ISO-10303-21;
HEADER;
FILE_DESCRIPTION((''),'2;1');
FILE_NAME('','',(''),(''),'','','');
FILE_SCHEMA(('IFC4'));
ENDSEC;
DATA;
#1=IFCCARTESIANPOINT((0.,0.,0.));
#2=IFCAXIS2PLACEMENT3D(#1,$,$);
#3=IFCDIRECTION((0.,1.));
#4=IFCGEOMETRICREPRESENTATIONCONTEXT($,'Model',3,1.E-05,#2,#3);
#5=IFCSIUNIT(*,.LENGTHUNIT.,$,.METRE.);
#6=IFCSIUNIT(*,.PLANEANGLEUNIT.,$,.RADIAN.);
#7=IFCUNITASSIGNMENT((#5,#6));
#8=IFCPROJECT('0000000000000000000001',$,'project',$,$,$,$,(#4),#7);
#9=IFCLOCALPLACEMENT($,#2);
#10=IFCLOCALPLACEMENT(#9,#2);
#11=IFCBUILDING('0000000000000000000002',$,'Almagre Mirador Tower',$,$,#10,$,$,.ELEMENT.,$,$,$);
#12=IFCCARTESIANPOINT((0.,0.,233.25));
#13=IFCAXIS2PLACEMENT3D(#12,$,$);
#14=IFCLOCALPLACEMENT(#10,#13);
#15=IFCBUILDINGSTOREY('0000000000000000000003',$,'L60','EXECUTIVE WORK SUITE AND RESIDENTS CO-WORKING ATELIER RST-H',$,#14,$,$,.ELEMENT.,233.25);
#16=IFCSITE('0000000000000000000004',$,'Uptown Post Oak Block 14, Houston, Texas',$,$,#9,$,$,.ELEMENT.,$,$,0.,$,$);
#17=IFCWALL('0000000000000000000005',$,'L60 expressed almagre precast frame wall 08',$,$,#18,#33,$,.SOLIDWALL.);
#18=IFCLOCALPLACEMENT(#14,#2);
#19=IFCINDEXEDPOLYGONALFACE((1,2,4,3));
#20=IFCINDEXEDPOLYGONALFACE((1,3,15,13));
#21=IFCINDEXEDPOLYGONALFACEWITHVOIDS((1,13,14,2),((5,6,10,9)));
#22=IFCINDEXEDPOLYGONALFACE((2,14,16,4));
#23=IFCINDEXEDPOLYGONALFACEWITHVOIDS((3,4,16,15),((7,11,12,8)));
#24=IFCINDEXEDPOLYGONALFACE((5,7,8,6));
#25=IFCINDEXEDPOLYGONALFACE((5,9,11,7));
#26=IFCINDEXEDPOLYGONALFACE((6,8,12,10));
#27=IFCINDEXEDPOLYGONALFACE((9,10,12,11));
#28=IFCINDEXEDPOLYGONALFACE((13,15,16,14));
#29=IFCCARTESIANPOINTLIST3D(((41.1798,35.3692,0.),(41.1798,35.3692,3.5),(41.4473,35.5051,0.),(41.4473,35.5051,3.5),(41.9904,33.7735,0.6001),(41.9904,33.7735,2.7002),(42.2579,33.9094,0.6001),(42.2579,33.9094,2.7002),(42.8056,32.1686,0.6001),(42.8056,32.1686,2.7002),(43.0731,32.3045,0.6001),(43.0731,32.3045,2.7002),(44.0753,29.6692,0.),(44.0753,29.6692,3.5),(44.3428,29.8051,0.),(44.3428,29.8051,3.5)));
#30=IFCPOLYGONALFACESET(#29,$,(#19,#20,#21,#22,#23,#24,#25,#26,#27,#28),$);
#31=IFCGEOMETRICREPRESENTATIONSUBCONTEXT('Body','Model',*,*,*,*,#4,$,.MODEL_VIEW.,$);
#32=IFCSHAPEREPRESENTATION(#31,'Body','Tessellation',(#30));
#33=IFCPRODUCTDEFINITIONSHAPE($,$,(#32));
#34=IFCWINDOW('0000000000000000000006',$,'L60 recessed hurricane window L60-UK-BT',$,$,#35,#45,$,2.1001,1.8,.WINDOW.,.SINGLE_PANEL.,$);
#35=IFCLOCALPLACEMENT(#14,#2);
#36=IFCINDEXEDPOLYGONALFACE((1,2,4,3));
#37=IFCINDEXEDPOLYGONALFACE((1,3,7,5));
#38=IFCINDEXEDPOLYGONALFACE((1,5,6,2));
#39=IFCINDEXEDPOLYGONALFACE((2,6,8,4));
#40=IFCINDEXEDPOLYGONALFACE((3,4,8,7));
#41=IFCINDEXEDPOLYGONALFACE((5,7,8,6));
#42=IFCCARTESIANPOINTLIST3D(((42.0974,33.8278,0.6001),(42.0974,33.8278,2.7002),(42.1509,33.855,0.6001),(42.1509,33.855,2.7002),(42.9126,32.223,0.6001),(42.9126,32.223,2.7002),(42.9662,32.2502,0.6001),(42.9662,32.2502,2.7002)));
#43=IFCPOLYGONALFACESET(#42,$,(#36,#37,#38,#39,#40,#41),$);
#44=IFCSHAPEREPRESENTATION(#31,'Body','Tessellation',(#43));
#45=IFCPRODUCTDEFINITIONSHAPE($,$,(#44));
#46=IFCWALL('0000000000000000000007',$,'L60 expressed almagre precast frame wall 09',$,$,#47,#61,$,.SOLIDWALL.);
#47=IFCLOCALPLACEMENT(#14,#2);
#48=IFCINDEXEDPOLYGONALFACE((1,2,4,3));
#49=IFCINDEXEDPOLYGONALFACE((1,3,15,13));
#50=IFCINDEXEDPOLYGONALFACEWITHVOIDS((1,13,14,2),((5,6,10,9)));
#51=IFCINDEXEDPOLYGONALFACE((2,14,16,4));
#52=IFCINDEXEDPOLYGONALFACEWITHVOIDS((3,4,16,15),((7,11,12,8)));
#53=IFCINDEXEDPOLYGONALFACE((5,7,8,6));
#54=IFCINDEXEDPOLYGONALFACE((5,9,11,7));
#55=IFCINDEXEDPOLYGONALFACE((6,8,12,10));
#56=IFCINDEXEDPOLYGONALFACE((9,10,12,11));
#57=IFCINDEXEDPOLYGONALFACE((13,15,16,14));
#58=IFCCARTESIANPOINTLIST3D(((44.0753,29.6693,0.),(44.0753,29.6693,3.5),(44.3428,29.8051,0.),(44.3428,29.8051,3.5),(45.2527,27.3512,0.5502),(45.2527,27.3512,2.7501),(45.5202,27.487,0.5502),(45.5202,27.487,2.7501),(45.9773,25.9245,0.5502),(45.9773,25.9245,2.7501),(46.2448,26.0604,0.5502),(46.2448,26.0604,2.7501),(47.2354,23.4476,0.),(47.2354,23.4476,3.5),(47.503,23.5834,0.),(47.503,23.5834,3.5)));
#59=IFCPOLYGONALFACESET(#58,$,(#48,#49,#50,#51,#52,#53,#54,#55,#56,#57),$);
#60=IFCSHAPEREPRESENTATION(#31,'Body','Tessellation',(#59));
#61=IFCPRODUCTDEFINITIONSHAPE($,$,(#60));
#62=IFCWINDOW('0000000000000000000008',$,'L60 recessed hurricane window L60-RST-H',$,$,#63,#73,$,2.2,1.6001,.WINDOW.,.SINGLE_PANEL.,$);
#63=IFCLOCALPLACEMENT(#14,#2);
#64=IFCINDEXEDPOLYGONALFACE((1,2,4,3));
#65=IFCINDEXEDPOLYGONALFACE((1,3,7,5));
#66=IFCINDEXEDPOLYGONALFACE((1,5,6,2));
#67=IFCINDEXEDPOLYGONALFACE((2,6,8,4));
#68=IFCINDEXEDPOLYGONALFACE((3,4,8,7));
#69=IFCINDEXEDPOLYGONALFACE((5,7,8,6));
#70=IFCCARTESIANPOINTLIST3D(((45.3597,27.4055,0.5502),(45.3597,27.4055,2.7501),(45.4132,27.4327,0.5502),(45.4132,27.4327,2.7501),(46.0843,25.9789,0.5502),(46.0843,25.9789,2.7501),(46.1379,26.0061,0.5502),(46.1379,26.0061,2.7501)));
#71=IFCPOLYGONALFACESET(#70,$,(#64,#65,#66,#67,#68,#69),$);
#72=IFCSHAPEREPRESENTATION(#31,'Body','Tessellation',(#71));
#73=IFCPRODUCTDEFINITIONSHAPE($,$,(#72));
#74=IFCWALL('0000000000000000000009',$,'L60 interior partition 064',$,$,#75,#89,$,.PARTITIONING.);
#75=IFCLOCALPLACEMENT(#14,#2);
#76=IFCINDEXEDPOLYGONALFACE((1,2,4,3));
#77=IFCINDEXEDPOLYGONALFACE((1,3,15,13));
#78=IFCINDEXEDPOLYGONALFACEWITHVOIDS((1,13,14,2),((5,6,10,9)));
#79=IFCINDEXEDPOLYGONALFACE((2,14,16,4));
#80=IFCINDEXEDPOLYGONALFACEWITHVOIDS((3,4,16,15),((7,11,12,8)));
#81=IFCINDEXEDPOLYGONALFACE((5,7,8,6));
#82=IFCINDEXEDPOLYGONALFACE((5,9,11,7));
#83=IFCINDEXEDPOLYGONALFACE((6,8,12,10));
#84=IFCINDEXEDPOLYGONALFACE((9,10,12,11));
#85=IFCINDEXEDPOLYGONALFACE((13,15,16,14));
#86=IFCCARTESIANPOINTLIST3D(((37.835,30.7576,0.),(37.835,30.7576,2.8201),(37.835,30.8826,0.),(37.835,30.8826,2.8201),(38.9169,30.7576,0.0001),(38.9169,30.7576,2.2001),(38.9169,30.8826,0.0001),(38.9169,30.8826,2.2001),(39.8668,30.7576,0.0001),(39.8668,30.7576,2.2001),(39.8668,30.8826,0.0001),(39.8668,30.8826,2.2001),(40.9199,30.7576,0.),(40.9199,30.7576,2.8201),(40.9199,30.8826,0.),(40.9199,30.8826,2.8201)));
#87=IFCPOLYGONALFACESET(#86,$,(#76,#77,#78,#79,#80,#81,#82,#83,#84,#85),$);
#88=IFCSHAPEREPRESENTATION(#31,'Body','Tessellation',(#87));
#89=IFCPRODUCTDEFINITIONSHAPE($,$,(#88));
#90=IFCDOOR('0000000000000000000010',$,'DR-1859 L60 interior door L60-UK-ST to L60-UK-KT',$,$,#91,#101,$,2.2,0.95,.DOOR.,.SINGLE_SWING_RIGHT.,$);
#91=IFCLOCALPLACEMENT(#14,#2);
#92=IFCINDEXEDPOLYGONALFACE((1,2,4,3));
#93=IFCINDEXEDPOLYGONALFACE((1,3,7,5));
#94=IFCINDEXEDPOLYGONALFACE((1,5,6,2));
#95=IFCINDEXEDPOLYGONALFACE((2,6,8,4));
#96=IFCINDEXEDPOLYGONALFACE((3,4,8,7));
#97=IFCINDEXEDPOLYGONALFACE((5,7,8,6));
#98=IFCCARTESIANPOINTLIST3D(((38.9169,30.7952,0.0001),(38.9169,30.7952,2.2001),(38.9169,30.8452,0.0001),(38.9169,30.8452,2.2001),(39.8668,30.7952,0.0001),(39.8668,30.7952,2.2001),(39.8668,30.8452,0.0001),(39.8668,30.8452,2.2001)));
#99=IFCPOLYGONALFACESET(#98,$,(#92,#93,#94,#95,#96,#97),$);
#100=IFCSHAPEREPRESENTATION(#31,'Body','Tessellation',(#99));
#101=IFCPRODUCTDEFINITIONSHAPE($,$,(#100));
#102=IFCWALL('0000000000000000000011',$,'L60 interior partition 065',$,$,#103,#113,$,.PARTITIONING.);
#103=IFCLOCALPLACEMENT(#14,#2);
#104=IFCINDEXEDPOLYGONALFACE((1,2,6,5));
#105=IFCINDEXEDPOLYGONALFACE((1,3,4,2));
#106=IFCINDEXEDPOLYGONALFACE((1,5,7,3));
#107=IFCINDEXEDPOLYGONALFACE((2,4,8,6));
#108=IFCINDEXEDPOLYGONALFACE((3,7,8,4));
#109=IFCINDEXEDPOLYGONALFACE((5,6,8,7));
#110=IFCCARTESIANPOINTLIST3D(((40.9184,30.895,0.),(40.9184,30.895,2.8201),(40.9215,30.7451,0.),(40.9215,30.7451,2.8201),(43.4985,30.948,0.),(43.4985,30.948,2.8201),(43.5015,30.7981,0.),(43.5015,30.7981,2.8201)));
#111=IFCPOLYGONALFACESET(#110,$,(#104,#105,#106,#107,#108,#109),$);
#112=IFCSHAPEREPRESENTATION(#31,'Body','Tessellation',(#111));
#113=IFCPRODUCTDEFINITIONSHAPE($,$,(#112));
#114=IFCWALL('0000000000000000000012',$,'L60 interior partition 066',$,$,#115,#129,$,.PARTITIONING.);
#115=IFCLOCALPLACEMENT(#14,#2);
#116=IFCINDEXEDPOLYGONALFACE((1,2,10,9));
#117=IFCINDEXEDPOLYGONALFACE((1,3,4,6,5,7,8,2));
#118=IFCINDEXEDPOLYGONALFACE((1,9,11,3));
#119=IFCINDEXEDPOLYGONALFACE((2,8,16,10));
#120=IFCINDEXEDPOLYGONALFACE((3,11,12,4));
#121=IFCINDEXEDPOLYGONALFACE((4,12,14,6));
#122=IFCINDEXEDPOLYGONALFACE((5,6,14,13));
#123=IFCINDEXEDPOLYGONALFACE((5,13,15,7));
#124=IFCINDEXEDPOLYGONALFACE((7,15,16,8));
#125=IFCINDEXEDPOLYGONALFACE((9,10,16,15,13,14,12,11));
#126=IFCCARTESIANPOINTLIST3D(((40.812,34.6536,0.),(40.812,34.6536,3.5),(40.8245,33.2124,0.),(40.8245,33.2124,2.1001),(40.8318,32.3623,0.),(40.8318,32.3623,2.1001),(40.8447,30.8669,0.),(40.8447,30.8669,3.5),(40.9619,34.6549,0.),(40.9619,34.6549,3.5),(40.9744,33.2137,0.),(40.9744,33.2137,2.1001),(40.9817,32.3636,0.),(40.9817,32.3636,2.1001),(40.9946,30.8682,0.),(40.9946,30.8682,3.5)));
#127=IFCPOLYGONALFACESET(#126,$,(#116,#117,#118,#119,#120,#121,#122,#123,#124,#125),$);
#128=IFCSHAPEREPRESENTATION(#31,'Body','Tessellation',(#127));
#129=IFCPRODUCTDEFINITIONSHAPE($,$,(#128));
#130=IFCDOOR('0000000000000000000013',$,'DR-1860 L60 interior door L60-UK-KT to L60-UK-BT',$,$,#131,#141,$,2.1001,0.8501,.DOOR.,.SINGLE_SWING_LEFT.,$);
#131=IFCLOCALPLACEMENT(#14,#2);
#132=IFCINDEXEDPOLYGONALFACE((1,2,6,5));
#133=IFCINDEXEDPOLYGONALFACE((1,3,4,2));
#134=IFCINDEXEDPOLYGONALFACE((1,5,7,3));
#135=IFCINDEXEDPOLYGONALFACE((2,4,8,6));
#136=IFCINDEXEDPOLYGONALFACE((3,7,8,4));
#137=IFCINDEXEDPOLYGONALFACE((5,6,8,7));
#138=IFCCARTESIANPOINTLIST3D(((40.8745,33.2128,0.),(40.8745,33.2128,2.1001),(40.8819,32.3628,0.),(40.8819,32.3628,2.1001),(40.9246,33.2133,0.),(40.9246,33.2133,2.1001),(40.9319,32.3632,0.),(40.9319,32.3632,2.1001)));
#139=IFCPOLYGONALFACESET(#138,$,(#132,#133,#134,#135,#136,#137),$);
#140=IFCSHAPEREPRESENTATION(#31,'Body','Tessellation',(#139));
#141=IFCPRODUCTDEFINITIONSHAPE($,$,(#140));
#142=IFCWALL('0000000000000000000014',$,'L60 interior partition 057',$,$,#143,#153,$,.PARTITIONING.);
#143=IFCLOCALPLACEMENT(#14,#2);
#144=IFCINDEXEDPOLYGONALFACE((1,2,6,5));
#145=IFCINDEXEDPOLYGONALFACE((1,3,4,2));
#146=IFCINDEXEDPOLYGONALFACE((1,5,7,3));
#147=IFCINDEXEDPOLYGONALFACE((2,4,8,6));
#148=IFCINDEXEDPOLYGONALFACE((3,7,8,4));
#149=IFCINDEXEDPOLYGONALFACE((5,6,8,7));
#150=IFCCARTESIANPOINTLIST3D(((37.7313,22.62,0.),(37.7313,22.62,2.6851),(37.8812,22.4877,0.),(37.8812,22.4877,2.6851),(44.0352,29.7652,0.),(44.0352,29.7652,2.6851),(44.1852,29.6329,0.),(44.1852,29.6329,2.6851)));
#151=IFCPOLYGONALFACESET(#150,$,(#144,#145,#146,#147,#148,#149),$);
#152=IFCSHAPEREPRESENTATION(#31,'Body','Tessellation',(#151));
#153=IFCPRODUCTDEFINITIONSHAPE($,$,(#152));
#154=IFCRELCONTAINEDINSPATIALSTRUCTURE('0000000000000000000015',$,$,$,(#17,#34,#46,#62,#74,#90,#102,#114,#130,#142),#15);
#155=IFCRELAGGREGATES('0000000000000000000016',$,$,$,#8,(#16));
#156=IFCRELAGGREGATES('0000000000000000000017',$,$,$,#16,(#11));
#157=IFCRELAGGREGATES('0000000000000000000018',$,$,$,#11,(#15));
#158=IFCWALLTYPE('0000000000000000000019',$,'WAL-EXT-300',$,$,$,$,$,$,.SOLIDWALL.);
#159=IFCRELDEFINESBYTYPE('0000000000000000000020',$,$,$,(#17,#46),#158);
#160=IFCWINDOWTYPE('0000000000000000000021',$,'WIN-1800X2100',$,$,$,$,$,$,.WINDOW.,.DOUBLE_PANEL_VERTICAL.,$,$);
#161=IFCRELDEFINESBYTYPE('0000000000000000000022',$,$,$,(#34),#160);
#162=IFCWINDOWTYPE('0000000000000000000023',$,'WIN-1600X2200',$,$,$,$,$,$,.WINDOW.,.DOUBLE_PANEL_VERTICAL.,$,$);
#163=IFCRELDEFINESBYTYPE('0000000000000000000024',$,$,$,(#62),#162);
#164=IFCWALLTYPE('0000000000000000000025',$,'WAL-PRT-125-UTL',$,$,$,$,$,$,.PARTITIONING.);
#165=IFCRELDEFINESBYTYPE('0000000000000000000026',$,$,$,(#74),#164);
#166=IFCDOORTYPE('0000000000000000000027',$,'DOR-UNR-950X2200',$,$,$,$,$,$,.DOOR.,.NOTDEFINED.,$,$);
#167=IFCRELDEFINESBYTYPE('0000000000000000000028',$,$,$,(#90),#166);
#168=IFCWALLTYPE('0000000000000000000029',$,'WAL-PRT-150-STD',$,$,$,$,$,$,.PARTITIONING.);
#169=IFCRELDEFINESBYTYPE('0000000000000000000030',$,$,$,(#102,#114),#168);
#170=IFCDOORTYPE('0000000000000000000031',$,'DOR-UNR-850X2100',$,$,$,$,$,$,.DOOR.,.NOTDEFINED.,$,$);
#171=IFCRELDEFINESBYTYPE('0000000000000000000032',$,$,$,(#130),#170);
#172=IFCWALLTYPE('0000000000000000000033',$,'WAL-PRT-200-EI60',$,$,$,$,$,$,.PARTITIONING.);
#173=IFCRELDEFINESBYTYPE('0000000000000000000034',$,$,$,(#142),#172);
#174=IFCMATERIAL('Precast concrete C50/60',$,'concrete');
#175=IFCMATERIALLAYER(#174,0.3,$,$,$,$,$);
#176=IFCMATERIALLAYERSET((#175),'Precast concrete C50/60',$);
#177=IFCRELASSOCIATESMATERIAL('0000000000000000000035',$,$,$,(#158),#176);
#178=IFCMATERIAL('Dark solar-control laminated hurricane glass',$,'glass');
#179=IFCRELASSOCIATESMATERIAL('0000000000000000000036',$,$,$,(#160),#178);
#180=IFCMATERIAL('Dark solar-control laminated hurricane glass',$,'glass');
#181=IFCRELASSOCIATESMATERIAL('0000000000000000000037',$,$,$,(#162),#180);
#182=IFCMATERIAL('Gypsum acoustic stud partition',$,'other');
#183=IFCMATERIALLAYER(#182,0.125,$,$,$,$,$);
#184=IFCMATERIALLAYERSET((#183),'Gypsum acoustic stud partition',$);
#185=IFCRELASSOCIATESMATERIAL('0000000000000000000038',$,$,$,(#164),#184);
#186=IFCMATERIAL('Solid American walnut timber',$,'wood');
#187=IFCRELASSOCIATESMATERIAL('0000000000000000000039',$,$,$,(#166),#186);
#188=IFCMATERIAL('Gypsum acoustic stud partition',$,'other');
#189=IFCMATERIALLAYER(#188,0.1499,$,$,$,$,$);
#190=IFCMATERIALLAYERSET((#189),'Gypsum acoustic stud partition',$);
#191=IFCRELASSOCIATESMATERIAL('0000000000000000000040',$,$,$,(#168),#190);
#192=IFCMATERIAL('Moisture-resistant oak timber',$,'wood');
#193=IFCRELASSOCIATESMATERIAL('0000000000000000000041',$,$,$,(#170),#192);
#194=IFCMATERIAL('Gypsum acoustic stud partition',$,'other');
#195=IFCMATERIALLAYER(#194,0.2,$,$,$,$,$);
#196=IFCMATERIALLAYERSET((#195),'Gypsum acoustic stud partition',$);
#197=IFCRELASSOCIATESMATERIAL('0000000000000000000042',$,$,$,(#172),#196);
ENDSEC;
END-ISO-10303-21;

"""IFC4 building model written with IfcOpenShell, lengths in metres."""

from ifc_helpers import new_model, si_unit, direction, frame, frame_2d, origin, place, context, subcontext, project, spatial, rectangle, extrude, material, layer, layer_set, type_object, element, fill, save


model = new_model("IFC4")

# Units and contexts
model_context = context("Model", 3, precision=1e-05, world=origin(), true_north=direction((0.0, 1.0)))
body_context = subcontext(model_context, "Body", "Model", "MODEL_VIEW")
ifc_project = project(units=[si_unit("LENGTHUNIT", "METRE"), si_unit("PLANEANGLEUNIT", "RADIAN")], contexts=[model_context])

# Site, building, storey
site_placement = place(None, origin())
site = spatial("IfcSite", under=ifc_project, at=site_placement, Name="Uptown Post Oak Block 14, Houston, Texas", CompositionType="ELEMENT", RefElevation=0.0)
building_placement = place(site_placement, origin())
building = spatial("IfcBuilding", under=site, at=building_placement, Name="Almagre Mirador Tower", CompositionType="ELEMENT")
storey_placement = place(building_placement, frame((0.0, 0.0, 233.25)))
storey = spatial("IfcBuildingStorey", under=building, at=storey_placement, Name="L60", Description="EXECUTIVE WORK SUITE AND RESIDENTS CO-WORKING ATELIER RST-H", CompositionType="ELEMENT", Elevation=233.25)

# Shared definitions
ifc_material_1 = material(Name="Precast concrete C50/60", Category="concrete")
ifc_layer_1 = layer(ifc_material_1, 0.3)
ifc_layer_set_1 = layer_set([ifc_layer_1], Name="Precast concrete C50/60")
wall_type_1 = type_object("IfcWallType", Name="WAL-EXT-300", PredefinedType="SOLIDWALL", material=ifc_layer_set_1)

# Walls, openings, windows
wall_1_placement = place(storey_placement, frame((41.3135, 35.4373, 0.0), z_axis=(0.0, 0.0, 1.0), x_axis=(0.452902, -0.89156, 0.0)))
wall_1 = element("IfcWall", 1, at=wall_1_placement, inside=storey, type_object=wall_type_1, Name="L60 expressed almagre precast frame wall 08", PredefinedType="SOLIDWALL", context=body_context, shape_type="SweptSolid", body=[
    extrude(rectangle(XDim=6.3933, YDim=0.3, at=frame_2d((3.1968, 0.0))), origin(), (0.0, 0.0, 1.0), 3.5),
])
opening_1_placement = place(wall_1_placement, frame((1.79, 0.0, 0.6001)))
opening_1 = element("IfcOpeningElement", 2, at=opening_1_placement, cuts=wall_1, PredefinedType="OPENING", context=body_context, shape_type="SweptSolid", body=[
    extrude(rectangle(XDim=1.8, YDim=2.1001, at=frame_2d((0.8999, 1.05))), frame((0.0, 0.1599, 0.0), z_axis=(0.0, -1.0, 0.0), x_axis=(1.0, 0.0, 0.0)), (0.0, 0.0, 1.0), 0.32),
])
ifc_material_2 = material(Name="Dark solar-control laminated hurricane glass", Category="glass")
window_type_1 = type_object("IfcWindowType", Name="WIN-1800X2100", PartitioningType="DOUBLE_PANEL_VERTICAL", PredefinedType="WINDOW", material=ifc_material_2)
window_1_placement = place(opening_1_placement, origin())
window_1 = element("IfcWindow", 3, at=window_1_placement, inside=storey, type_object=window_type_1, Name="L60 recessed hurricane window L60-UK-BT", OverallHeight=2.1001, OverallWidth=1.8, PartitioningType="SINGLE_PANEL", PredefinedType="WINDOW", context=body_context, shape_type="SweptSolid", body=[
    extrude(rectangle(XDim=1.8, YDim=2.1001, at=frame_2d((0.8999, 1.05))), frame((0.0, 0.03, 0.0), z_axis=(0.0, -1.0, 0.0), x_axis=(1.0, 0.0, 0.0)), (0.0, 0.0, 1.0), 0.0601),
])
fill(opening_1, window_1)
wall_2_placement = place(storey_placement, frame((44.209, 29.7373, 0.0), z_axis=(0.0, 0.0, 1.0), x_axis=(0.452858, -0.891582, 0.0)))
wall_2 = element("IfcWall", 4, at=wall_2_placement, inside=storey, type_object=wall_type_1, Name="L60 expressed almagre precast frame wall 09", PredefinedType="SOLIDWALL", context=body_context, shape_type="SweptSolid", body=[
    extrude(rectangle(XDim=6.9783, YDim=0.3, at=frame_2d((3.4893, 0.0))), origin(), (0.0, 0.0, 1.0), 3.5),
])
opening_2_placement = place(wall_2_placement, frame((2.6001, 0.0, 0.55)))
opening_2 = element("IfcOpeningElement", 5, at=opening_2_placement, cuts=wall_2, PredefinedType="OPENING", context=body_context, shape_type="SweptSolid", body=[
    extrude(rectangle(XDim=1.6001, YDim=2.2, at=frame_2d((0.8, 1.1001))), frame((0.0, 0.1599, 0.0), z_axis=(0.0, -1.0, 0.0), x_axis=(1.0, 0.0, 0.0)), (0.0, 0.0, 1.0), 0.32),
])
ifc_material_3 = material(Name="Dark solar-control laminated hurricane glass", Category="glass")
window_type_2 = type_object("IfcWindowType", Name="WIN-1600X2200", PartitioningType="DOUBLE_PANEL_VERTICAL", PredefinedType="WINDOW", material=ifc_material_3)
window_2_placement = place(opening_2_placement, origin())
window_2 = element("IfcWindow", 6, at=window_2_placement, inside=storey, type_object=window_type_2, Name="L60 recessed hurricane window L60-RST-H", OverallHeight=2.2, OverallWidth=1.6001, PartitioningType="SINGLE_PANEL", PredefinedType="WINDOW", context=body_context, shape_type="SweptSolid", body=[
    extrude(rectangle(XDim=1.6001, YDim=2.2, at=frame_2d((0.8, 1.1001))), frame((0.0, 0.03, 0.0), z_axis=(0.0, -1.0, 0.0), x_axis=(1.0, 0.0, 0.0)), (0.0, 0.0, 1.0), 0.0601),
])
fill(opening_2, window_2)

# Wall, opening, door
ifc_material_4 = material(Name="Gypsum acoustic stud partition", Category="other")
ifc_layer_2 = layer(ifc_material_4, 0.125)
ifc_layer_set_2 = layer_set([ifc_layer_2], Name="Gypsum acoustic stud partition")
wall_type_2 = type_object("IfcWallType", Name="WAL-PRT-125-UTL", PredefinedType="PARTITIONING", material=ifc_layer_set_2)
wall_3_placement = place(storey_placement, frame((40.9199, 30.8201, 0.0), z_axis=(0.0, 0.0, 1.0), x_axis=(-1.0, 0.0, 0.0)))
wall_3 = element("IfcWall", 7, at=wall_3_placement, inside=storey, type_object=wall_type_2, Name="L60 interior partition 064", PredefinedType="PARTITIONING", context=body_context, shape_type="SweptSolid", body=[
    extrude(rectangle(XDim=3.085, YDim=0.125, at=frame_2d((1.5425, 0.0))), origin(), (0.0, 0.0, 1.0), 2.8201),
])
opening_3_placement = place(wall_3_placement, frame((1.053, 0.0, 0.0)))
opening_3 = element("IfcOpeningElement", 8, at=opening_3_placement, cuts=wall_3, PredefinedType="OPENING", context=body_context, shape_type="SweptSolid", body=[
    extrude(rectangle(XDim=0.95, YDim=2.2, at=frame_2d((0.4751, 1.1001))), frame((0.0, 0.0725, 0.0), z_axis=(0.0, -1.0, 0.0), x_axis=(1.0, 0.0, 0.0)), (0.0, 0.0, 1.0), 0.145),
])
ifc_material_5 = material(Name="Solid American walnut timber", Category="wood")
door_type_1 = type_object("IfcDoorType", Name="DOR-UNR-950X2200", OperationType="NOTDEFINED", PredefinedType="DOOR", material=ifc_material_5)
door_1_placement = place(opening_3_placement, origin())
door_1 = element("IfcDoor", 9, at=door_1_placement, inside=storey, type_object=door_type_1, Name="DR-1859 L60 interior door L60-UK-ST to L60-UK-KT", OperationType="SINGLE_SWING_RIGHT", OverallHeight=2.2, OverallWidth=0.95, PredefinedType="DOOR", context=body_context, shape_type="SweptSolid", body=[
    extrude(rectangle(XDim=0.95, YDim=2.2, at=frame_2d((0.4751, 1.1001))), frame((0.0, 0.0249, 0.0), z_axis=(0.0, -1.0, 0.0), x_axis=(1.0, 0.0, 0.0)), (0.0, 0.0, 1.0), 0.05),
])
fill(opening_3, door_1)

# Wall
ifc_material_6 = material(Name="Gypsum acoustic stud partition", Category="other")
ifc_layer_3 = layer(ifc_material_6, 0.1499)
ifc_layer_set_3 = layer_set([ifc_layer_3], Name="Gypsum acoustic stud partition")
wall_type_3 = type_object("IfcWallType", Name="WAL-PRT-150-STD", PredefinedType="PARTITIONING", material=ifc_layer_set_3)
wall_4_placement = place(storey_placement, frame((43.5, 30.873, 0.0), z_axis=(0.0, 0.0, 1.0), x_axis=(-0.999789, -0.020529, 0.0)))
element("IfcWall", 10, at=wall_4_placement, inside=storey, type_object=wall_type_3, Name="L60 interior partition 065", PredefinedType="PARTITIONING", context=body_context, shape_type="SweptSolid", body=[
    extrude(rectangle(XDim=2.5806, YDim=0.1499, at=frame_2d((1.2903, 0.0))), origin(), (0.0, 0.0, 1.0), 2.8201),
])

# Wall, opening, door
wall_5_placement = place(storey_placement, frame((40.9197, 30.8674, 0.0), z_axis=(0.0, 0.0, 1.0), x_axis=(-0.008639, 0.999963, 0.0)))
wall_5 = element("IfcWall", 11, at=wall_5_placement, inside=storey, type_object=wall_type_3, Name="L60 interior partition 066", PredefinedType="PARTITIONING", context=body_context, shape_type="SweptSolid", body=[
    extrude(rectangle(XDim=3.7869, YDim=0.1499, at=frame_2d((1.8936, 0.0))), origin(), (0.0, 0.0, 1.0), 3.5),
])
opening_4_placement = place(wall_5_placement, frame((1.4956, 0.0, 0.0)))
opening_4 = element("IfcOpeningElement", 12, at=opening_4_placement, cuts=wall_5, PredefinedType="OPENING", context=body_context, shape_type="SweptSolid", body=[
    extrude(rectangle(XDim=0.8501, YDim=2.1001, at=frame_2d((0.425, 1.05))), frame((0.0, 0.085, 0.0), z_axis=(0.0, -1.0, 0.0), x_axis=(1.0, 0.0, 0.0)), (0.0, 0.0, 1.0), 0.1699),
])
ifc_material_7 = material(Name="Moisture-resistant oak timber", Category="wood")
door_type_2 = type_object("IfcDoorType", Name="DOR-UNR-850X2100", OperationType="NOTDEFINED", PredefinedType="DOOR", material=ifc_material_7)
door_2_placement = place(opening_4_placement, origin())
door_2 = element("IfcDoor", 13, at=door_2_placement, inside=storey, type_object=door_type_2, Name="DR-1860 L60 interior door L60-UK-KT to L60-UK-BT", OperationType="SINGLE_SWING_LEFT", OverallHeight=2.1001, OverallWidth=0.8501, PredefinedType="DOOR", context=body_context, shape_type="SweptSolid", body=[
    extrude(rectangle(XDim=0.8501, YDim=2.1001, at=frame_2d((0.425, 1.05))), frame((0.0, 0.0249, 0.0), z_axis=(0.0, -1.0, 0.0), x_axis=(1.0, 0.0, 0.0)), (0.0, 0.0, 1.0), 0.05),
])
fill(opening_4, door_2)

# Wall
ifc_material_8 = material(Name="Gypsum acoustic stud partition", Category="other")
ifc_layer_4 = layer(ifc_material_8, 0.2)
ifc_layer_set_4 = layer_set([ifc_layer_4], Name="Gypsum acoustic stud partition")
wall_type_4 = type_object("IfcWallType", Name="WAL-PRT-200-EI60", PredefinedType="PARTITIONING", material=ifc_layer_set_4)
wall_6_placement = place(storey_placement, frame((44.1101, 29.699, 0.0), z_axis=(0.0, 0.0, 1.0), x_axis=(-0.661581, -0.749874, 0.0)))
element("IfcWall", 14, at=wall_6_placement, inside=storey, type_object=wall_type_4, Name="L60 interior partition 057", PredefinedType="PARTITIONING", context=body_context, shape_type="SweptSolid", body=[
    extrude(rectangle(XDim=9.5286, YDim=0.2, at=frame_2d((4.7642, 0.0))), origin(), (0.0, 0.0, 1.0), 2.6851),
])

save(model, "model.ifc")
